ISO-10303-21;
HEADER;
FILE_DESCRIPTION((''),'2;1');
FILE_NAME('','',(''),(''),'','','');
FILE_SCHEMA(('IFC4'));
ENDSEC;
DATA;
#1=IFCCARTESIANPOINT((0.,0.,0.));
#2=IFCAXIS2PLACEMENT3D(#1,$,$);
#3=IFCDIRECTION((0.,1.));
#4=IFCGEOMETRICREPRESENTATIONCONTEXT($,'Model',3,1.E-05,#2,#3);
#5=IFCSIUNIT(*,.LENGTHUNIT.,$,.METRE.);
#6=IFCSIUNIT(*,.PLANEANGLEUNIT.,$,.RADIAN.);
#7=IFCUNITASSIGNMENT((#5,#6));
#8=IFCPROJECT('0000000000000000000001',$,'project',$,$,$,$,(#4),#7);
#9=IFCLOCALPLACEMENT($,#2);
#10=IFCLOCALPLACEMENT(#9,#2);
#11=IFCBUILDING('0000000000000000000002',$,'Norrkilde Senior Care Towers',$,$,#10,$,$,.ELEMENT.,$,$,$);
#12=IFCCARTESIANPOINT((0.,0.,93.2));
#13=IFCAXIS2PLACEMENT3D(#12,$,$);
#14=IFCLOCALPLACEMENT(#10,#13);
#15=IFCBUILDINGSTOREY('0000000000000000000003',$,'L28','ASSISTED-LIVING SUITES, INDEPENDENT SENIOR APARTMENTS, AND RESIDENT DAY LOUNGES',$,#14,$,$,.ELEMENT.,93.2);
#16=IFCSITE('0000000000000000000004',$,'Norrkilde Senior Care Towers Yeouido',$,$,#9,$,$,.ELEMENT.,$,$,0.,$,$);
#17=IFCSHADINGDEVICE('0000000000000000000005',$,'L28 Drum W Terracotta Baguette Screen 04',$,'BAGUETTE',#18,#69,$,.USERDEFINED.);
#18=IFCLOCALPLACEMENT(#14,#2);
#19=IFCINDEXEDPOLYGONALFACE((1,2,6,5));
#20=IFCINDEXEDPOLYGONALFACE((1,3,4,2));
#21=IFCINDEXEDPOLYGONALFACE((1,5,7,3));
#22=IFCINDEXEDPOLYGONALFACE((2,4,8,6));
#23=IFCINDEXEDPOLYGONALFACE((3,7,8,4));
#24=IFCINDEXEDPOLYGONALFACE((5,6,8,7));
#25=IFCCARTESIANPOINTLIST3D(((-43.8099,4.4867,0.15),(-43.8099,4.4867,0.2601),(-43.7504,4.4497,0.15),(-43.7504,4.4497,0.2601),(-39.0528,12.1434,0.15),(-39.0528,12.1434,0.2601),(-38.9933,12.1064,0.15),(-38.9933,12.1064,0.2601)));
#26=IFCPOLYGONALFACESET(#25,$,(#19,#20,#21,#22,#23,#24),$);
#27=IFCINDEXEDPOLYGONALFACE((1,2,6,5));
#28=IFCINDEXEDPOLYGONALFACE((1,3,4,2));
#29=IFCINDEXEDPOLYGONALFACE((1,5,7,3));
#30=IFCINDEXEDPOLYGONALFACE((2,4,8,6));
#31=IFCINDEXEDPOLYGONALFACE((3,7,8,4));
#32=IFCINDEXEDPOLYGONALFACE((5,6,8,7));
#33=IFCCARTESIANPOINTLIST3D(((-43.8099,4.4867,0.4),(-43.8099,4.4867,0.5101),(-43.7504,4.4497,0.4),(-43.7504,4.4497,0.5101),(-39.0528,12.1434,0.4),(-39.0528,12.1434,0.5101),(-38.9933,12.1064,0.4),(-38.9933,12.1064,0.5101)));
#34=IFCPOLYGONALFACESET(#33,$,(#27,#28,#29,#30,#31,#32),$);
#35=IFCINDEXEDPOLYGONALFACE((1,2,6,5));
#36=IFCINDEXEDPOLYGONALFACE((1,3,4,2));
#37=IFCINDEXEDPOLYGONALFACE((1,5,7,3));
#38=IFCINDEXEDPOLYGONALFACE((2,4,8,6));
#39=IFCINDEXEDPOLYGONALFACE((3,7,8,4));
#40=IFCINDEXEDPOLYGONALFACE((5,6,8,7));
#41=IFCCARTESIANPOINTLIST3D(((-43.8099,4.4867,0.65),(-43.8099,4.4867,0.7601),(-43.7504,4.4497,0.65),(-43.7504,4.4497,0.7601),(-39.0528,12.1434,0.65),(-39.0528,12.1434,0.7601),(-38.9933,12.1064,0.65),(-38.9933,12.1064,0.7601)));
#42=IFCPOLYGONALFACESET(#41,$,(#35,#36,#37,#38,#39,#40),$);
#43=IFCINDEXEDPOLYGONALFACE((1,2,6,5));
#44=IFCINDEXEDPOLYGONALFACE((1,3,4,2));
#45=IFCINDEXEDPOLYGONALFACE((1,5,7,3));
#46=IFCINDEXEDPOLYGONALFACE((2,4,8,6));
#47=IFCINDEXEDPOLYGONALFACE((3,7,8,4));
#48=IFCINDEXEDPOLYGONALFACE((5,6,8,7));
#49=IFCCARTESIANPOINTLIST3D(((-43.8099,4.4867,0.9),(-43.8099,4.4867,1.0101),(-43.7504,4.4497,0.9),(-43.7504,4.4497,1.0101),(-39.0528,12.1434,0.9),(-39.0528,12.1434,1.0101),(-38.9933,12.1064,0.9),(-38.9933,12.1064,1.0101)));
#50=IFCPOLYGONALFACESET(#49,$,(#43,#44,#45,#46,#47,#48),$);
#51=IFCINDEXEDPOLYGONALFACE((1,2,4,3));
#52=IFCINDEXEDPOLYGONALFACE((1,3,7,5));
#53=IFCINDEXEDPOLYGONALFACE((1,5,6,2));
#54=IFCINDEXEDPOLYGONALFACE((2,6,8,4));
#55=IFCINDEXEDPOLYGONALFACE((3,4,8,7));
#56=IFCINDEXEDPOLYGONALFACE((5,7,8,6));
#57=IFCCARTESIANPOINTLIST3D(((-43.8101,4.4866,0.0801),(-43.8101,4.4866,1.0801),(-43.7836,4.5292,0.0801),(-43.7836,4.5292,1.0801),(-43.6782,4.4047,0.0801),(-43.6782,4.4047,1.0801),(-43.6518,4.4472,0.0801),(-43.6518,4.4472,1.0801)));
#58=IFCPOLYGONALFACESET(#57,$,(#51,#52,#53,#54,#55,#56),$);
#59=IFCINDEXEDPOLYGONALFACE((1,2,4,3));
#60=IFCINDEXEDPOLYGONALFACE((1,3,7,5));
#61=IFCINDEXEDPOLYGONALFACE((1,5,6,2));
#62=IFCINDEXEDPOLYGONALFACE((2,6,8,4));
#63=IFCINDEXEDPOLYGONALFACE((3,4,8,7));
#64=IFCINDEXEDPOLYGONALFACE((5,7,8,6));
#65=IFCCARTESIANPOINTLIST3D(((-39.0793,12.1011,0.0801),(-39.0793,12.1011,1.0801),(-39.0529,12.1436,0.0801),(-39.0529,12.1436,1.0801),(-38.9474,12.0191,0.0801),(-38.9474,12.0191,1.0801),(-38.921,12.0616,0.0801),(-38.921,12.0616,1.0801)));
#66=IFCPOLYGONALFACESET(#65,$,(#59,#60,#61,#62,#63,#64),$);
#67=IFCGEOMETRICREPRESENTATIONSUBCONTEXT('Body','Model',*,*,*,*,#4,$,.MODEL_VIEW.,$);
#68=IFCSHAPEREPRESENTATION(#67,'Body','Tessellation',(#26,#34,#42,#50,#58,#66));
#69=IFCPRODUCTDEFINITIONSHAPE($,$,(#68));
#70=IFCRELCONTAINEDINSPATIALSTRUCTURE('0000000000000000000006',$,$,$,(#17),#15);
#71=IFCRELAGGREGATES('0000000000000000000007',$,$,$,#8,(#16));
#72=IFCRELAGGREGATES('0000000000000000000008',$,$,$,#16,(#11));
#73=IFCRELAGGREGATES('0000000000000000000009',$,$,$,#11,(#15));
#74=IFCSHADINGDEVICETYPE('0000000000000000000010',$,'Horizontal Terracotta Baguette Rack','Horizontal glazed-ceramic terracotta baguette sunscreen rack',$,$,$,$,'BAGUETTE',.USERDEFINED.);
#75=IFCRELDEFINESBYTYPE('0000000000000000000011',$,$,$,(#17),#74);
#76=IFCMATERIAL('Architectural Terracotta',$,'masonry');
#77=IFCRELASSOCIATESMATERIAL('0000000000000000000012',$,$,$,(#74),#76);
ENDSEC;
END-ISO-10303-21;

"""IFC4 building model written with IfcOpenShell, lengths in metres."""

from ifc_helpers import new_model, si_unit, direction, frame, origin, origin_2d, place, context, subcontext, project, spatial, rectangle, extrude, source, transform, mapped, material, type_object, type_shapes, element, save


model = new_model("IFC4")

# Units and contexts
model_context = context("Model", 3, precision=1e-05, world=origin(), true_north=direction((0.0, 1.0)))
body_context = subcontext(model_context, "Body", "Model", "MODEL_VIEW")
ifc_project = project(units=[si_unit("LENGTHUNIT", "METRE"), si_unit("PLANEANGLEUNIT", "RADIAN")], contexts=[model_context])

# Site, building, storey
site_placement = place(None, origin())
site = spatial("IfcSite", under=ifc_project, at=site_placement, Name="Norrkilde Senior Care Towers Yeouido", CompositionType="ELEMENT", RefElevation=0.0)
building_placement = place(site_placement, origin())
building = spatial("IfcBuilding", under=site, at=building_placement, Name="Norrkilde Senior Care Towers", CompositionType="ELEMENT")
storey_placement = place(building_placement, frame((0.0, 0.0, 93.2)))
storey = spatial("IfcBuildingStorey", under=building, at=storey_placement, Name="L28", Description="ASSISTED-LIVING SUITES, INDEPENDENT SENIOR APARTMENTS, AND RESIDENT DAY LOUNGES", CompositionType="ELEMENT", Elevation=93.2)

# Shading device
ifc_material_1 = material(Name="Architectural Terracotta", Category="masonry")
shading_device_type = type_object("IfcShadingDeviceType", Name="Horizontal Terracotta Baguette Rack", Description="Horizontal glazed-ceramic terracotta baguette sunscreen rack", ElementType="BAGUETTE", PredefinedType="USERDEFINED", material=ifc_material_1)
shared_shape_1 = source(origin(), body_context, "Body", "SweptSolid", [
    extrude(rectangle(XDim=0.0701, YDim=0.1101, at=origin_2d()), frame((0.0, 0.0901, 0.125), z_axis=(1.0, 0.0, 0.0), x_axis=(0.0, 1.0, 0.0)), (0.0, 0.0, 1.0), 9.0142),
    extrude(rectangle(XDim=0.0701, YDim=0.1101, at=origin_2d()), frame((0.0, 0.0901, 0.375), z_axis=(1.0, 0.0, 0.0), x_axis=(0.0, 1.0, 0.0)), (0.0, 0.0, 1.0), 9.0142),
    extrude(rectangle(XDim=0.0701, YDim=0.1101, at=origin_2d()), frame((0.0, 0.0901, 0.625), z_axis=(1.0, 0.0, 0.0), x_axis=(0.0, 1.0, 0.0)), (0.0, 0.0, 1.0), 9.0142),
    extrude(rectangle(XDim=0.0701, YDim=0.1101, at=origin_2d()), frame((0.0, 0.0901, 0.875), z_axis=(1.0, 0.0, 0.0), x_axis=(0.0, 1.0, 0.0)), (0.0, 0.0, 1.0), 9.0142),
    extrude(rectangle(XDim=0.05, YDim=0.1553, at=origin_2d()), frame((0.0249, 0.0476, 0.0)), (0.0, 0.0, 1.0), 1.0),
    extrude(rectangle(XDim=0.05, YDim=0.1553, at=origin_2d()), frame((8.9893, 0.0476, 0.0)), (0.0, 0.0, 1.0), 1.0),
])
type_shapes(shading_device_type, [shared_shape_1])
shading_device_placement = place(storey_placement, frame((-43.7036, 4.4207, 0.0801), z_axis=(0.0, 0.0, 1.0), x_axis=(0.527734, 0.849412, 0.0)))
element("IfcShadingDevice", 1, at=shading_device_placement, inside=storey, type_object=shading_device_type, Name="L28 Drum W Terracotta Baguette Screen 04", ObjectType="BAGUETTE", PredefinedType="USERDEFINED", context=body_context, shape_type="MappedRepresentation", body=[
    mapped(shared_shape_1, transform((0.0, 0.0, 0.0), x_axis=(1.0, 0.0, 0.0), y_axis=(0.0, 1.0, 0.0), z_axis=(0.0, 0.0, 1.0), scale=1.0)),
])

save(model, "model.ifc")
